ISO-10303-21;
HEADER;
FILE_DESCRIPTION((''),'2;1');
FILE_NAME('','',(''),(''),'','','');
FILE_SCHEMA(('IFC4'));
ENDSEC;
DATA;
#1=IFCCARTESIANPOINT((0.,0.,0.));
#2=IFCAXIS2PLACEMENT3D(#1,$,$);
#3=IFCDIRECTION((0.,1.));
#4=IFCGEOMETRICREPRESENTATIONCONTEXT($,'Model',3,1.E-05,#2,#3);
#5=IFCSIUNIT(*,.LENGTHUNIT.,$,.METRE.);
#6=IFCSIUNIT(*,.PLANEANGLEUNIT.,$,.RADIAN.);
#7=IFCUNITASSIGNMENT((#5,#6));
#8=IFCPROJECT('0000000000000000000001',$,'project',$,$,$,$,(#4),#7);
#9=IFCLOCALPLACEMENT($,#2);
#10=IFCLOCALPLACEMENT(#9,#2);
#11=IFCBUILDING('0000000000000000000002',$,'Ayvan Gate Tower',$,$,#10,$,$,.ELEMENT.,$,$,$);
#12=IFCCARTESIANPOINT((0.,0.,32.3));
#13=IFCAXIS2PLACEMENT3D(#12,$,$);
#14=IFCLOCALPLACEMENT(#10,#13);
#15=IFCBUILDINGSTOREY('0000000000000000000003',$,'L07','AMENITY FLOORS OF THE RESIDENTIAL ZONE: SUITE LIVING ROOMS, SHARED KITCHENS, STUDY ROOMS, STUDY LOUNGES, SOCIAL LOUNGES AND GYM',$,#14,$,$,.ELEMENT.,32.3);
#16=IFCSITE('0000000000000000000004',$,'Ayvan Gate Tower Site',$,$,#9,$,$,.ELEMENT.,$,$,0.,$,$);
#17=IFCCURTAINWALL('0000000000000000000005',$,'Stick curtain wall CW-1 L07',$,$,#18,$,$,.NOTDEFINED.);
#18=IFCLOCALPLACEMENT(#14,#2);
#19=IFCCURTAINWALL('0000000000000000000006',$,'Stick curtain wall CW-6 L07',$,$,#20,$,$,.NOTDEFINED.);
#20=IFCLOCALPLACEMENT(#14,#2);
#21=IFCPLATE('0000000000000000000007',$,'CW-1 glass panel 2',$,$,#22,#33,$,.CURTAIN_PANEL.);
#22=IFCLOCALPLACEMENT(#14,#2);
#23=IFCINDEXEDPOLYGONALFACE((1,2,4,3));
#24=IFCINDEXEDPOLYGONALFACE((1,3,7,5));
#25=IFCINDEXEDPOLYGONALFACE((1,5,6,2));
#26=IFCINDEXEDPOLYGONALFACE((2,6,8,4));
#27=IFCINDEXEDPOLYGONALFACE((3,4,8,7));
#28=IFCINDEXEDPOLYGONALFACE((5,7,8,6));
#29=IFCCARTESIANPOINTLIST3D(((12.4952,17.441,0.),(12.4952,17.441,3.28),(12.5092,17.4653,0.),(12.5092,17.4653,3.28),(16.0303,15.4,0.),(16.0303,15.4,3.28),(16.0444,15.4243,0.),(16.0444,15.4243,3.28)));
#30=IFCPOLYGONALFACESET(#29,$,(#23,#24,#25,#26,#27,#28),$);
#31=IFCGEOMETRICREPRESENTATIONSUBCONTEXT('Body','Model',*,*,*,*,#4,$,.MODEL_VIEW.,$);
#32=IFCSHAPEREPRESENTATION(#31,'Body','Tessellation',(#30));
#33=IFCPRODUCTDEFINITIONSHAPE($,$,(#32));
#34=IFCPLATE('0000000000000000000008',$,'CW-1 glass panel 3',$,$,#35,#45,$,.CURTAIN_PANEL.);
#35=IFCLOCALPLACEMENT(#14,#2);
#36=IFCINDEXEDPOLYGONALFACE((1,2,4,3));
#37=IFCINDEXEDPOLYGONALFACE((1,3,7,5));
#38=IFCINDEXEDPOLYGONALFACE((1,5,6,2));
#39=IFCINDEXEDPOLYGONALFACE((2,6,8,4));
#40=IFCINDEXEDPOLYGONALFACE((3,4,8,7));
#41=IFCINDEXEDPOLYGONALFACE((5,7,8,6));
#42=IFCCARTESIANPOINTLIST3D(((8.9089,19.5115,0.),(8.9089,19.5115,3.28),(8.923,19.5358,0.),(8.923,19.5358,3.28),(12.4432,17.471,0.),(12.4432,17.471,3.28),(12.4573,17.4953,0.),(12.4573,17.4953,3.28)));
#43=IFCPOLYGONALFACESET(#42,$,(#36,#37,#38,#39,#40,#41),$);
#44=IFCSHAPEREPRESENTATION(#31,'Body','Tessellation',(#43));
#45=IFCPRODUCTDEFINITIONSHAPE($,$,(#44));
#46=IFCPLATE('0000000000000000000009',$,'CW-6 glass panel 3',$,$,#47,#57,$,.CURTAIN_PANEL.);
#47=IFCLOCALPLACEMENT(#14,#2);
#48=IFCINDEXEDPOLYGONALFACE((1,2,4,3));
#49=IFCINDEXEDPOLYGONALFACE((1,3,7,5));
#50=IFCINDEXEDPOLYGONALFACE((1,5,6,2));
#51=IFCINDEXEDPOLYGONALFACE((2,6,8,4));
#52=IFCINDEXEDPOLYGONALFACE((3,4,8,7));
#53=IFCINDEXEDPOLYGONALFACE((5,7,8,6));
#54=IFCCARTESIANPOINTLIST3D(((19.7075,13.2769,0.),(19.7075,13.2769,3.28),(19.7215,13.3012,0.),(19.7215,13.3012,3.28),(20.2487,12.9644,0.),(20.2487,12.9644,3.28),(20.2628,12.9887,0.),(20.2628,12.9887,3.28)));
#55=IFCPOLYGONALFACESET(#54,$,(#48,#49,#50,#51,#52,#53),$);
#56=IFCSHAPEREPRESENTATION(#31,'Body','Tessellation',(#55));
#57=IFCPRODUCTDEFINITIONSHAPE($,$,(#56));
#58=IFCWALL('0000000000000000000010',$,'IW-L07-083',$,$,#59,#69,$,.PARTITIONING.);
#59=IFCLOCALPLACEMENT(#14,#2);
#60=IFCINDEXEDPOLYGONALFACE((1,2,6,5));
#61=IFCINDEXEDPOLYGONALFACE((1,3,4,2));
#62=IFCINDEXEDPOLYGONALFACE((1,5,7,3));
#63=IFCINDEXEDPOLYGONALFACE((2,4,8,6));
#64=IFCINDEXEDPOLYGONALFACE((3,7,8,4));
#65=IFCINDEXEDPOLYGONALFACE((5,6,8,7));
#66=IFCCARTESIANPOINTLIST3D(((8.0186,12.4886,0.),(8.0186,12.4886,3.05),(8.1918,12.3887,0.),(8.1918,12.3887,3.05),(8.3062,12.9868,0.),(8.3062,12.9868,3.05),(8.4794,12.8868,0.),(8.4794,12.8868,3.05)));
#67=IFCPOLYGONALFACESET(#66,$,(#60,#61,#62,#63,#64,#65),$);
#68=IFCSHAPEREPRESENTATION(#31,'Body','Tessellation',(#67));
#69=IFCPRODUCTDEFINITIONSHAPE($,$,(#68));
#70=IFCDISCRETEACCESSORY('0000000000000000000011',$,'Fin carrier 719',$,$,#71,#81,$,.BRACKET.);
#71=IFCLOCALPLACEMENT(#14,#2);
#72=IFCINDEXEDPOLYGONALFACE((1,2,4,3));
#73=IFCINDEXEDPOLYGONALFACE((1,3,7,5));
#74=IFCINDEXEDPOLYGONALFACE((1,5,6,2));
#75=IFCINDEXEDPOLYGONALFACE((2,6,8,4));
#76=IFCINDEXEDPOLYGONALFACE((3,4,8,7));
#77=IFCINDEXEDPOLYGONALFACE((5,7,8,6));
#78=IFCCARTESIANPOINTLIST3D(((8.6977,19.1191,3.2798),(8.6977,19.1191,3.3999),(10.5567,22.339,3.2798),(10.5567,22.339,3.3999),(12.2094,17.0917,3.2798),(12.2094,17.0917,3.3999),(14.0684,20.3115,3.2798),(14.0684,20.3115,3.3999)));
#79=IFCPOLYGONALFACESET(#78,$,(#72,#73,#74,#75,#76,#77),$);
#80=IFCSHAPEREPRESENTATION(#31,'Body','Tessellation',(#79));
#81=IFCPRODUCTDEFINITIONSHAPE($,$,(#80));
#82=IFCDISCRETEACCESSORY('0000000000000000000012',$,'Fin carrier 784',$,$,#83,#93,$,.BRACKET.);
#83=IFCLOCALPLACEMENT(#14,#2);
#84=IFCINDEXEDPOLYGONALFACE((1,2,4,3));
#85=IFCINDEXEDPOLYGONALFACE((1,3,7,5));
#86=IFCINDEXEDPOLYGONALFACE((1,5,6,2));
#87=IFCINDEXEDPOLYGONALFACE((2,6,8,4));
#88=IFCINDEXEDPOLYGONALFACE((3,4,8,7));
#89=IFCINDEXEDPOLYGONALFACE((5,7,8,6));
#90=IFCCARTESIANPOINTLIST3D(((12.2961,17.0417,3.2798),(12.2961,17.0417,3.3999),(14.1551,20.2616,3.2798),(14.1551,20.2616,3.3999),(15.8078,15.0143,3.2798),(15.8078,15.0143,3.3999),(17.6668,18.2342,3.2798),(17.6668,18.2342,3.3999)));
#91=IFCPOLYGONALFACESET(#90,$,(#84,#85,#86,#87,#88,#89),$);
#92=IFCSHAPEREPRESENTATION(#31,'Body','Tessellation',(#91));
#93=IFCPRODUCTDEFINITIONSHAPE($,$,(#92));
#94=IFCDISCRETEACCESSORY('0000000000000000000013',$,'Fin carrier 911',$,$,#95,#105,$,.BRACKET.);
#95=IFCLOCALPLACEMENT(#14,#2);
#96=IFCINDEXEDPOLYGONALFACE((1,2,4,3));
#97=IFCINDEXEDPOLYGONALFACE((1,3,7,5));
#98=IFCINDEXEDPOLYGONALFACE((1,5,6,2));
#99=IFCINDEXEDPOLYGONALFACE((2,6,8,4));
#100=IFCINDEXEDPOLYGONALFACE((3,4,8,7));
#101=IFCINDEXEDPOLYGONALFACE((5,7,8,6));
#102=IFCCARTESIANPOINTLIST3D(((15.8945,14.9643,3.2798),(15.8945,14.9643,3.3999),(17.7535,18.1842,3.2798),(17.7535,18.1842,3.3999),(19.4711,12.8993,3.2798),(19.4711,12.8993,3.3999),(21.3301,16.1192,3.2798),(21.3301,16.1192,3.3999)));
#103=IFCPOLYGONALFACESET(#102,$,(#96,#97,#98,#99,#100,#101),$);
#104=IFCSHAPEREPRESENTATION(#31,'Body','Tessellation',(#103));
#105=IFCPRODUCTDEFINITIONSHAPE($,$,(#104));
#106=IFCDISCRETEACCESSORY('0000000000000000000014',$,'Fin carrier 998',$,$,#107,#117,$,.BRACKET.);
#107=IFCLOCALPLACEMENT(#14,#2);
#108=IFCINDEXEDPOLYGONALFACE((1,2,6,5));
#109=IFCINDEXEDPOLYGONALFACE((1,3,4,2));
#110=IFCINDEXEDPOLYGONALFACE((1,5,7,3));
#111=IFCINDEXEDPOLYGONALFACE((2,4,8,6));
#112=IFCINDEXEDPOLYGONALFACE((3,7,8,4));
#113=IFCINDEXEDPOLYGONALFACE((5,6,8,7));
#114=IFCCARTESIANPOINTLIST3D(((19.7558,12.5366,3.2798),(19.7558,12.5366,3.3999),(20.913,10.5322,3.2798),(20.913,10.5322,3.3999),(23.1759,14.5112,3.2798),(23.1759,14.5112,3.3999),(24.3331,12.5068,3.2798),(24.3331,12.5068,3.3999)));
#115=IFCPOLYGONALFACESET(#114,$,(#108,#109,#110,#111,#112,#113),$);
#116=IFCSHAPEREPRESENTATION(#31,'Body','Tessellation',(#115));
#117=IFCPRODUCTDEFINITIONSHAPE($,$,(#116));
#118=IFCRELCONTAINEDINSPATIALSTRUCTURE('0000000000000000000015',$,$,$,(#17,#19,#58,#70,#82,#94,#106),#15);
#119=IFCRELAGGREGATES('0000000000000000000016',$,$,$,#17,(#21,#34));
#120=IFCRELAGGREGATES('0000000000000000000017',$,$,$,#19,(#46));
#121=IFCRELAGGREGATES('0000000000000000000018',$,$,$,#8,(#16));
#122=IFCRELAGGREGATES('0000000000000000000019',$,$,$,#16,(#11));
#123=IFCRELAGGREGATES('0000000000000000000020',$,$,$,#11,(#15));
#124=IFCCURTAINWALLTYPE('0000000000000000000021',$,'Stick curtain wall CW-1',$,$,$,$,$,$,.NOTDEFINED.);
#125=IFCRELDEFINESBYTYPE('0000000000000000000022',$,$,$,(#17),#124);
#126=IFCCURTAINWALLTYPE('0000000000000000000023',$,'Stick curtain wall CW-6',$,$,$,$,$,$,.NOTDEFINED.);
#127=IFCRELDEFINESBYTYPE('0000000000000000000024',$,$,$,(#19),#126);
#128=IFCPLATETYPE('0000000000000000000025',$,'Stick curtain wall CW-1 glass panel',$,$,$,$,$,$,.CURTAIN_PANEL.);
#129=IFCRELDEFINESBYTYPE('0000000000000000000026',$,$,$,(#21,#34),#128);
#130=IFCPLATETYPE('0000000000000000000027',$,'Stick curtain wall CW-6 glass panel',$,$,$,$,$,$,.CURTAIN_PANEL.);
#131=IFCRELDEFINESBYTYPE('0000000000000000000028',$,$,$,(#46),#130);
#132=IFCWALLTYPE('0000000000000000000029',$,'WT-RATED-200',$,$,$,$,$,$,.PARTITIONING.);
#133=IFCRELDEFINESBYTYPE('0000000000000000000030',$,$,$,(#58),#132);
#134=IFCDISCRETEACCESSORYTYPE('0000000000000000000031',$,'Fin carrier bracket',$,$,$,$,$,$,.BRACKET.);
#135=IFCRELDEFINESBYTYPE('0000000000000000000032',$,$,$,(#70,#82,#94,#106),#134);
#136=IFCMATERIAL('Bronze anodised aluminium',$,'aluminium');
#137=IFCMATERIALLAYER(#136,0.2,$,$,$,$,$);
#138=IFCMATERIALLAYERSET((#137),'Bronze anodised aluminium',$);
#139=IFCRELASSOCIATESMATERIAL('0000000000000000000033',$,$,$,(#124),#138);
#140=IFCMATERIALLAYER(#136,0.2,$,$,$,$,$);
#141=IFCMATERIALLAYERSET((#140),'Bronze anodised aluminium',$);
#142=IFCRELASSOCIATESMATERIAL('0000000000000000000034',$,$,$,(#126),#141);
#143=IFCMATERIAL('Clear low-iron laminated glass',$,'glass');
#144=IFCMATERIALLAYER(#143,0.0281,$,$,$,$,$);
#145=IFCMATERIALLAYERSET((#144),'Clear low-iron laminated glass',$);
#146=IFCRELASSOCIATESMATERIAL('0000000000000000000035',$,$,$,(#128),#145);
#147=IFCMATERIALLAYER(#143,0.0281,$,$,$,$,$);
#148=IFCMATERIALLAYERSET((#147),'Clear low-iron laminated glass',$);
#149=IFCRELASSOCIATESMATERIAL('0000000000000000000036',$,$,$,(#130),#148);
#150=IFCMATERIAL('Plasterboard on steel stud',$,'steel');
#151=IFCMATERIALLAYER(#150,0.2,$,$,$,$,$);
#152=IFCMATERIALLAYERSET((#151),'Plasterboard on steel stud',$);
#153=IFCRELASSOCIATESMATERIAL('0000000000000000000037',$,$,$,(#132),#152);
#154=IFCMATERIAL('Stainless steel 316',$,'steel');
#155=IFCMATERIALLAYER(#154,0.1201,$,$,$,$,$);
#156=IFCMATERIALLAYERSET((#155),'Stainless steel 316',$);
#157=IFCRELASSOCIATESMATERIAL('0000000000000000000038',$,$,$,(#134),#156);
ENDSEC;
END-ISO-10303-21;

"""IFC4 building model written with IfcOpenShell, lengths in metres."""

from ifc_helpers import new_model, si_unit, direction, frame, frame_2d, origin, origin_2d, place, context, subcontext, project, spatial, rectangle, extrude, material, layer, layer_set, type_object, element, aggregate, save


model = new_model("IFC4")

# Units and contexts
model_context = context("Model", 3, precision=1e-05, world=origin(), true_north=direction((0.0, 1.0)))
body_context = subcontext(model_context, "Body", "Model", "MODEL_VIEW")
ifc_project = project(units=[si_unit("LENGTHUNIT", "METRE"), si_unit("PLANEANGLEUNIT", "RADIAN")], contexts=[model_context])

# Site, building, storey
site_placement = place(None, origin())
site = spatial("IfcSite", under=ifc_project, at=site_placement, Name="Ayvan Gate Tower Site", CompositionType="ELEMENT", RefElevation=0.0)
building_placement = place(site_placement, origin())
building = spatial("IfcBuilding", under=site, at=building_placement, Name="Ayvan Gate Tower", CompositionType="ELEMENT")
storey_placement = place(building_placement, frame((0.0, 0.0, 32.3)))
storey = spatial("IfcBuildingStorey", under=building, at=storey_placement, Name="L07", Description="AMENITY FLOORS OF THE RESIDENTIAL ZONE: SUITE LIVING ROOMS, SHARED KITCHENS, STUDY ROOMS, STUDY LOUNGES, SOCIAL LOUNGES AND GYM", CompositionType="ELEMENT", Elevation=32.3)

# Curtain walls
ifc_material_1 = material(Name="Bronze anodised aluminium", Category="aluminium")
ifc_layer_1 = layer(ifc_material_1, 0.2)
ifc_layer_set_1 = layer_set([ifc_layer_1], Name="Bronze anodised aluminium")
curtain_wall_type_1 = type_object("IfcCurtainWallType", Name="Stick curtain wall CW-1", PredefinedType="NOTDEFINED", material=ifc_layer_set_1)
curtain_wall_1_placement = place(storey_placement, origin())
curtain_wall_1 = element("IfcCurtainWall", 1, at=curtain_wall_1_placement, inside=storey, type_object=curtain_wall_type_1, Name="Stick curtain wall CW-1 L07", PredefinedType="NOTDEFINED")
ifc_layer_2 = layer(ifc_material_1, 0.2)
ifc_layer_set_2 = layer_set([ifc_layer_2], Name="Bronze anodised aluminium")
curtain_wall_type_2 = type_object("IfcCurtainWallType", Name="Stick curtain wall CW-6", PredefinedType="NOTDEFINED", material=ifc_layer_set_2)
curtain_wall_2_placement = place(storey_placement, origin())
curtain_wall_2 = element("IfcCurtainWall", 2, at=curtain_wall_2_placement, inside=storey, type_object=curtain_wall_type_2, Name="Stick curtain wall CW-6 L07", PredefinedType="NOTDEFINED")

# Plates
ifc_material_2 = material(Name="Clear low-iron laminated glass", Category="glass")
ifc_layer_3 = layer(ifc_material_2, 0.0281)
ifc_layer_set_3 = layer_set([ifc_layer_3], Name="Clear low-iron laminated glass")
plate_type_1 = type_object("IfcPlateType", Name="Stick curtain wall CW-1 glass panel", PredefinedType="CURTAIN_PANEL", material=ifc_layer_set_3)
plate_1_placement = place(storey_placement, frame((14.2698, 16.4326, 0.0), z_axis=(0.0, 0.0, 1.0), x_axis=(-0.866025, 0.5, 0.0)))
plate_1 = element("IfcPlate", 3, at=plate_1_placement, type_object=plate_type_1, Name="CW-1 glass panel 2", PredefinedType="CURTAIN_PANEL", context=body_context, shape_type="SweptSolid", body=[
    extrude(rectangle(XDim=4.082, YDim=0.0281, at=origin_2d()), origin(), (0.0, 0.0, 1.0), 3.28),
])
plate_2_placement = place(storey_placement, frame((10.6831, 18.5034, 0.0), z_axis=(0.0, 0.0, 1.0), x_axis=(-0.866025, 0.5, 0.0)))
plate_2 = element("IfcPlate", 4, at=plate_2_placement, type_object=plate_type_1, Name="CW-1 glass panel 3", PredefinedType="CURTAIN_PANEL", context=body_context, shape_type="SweptSolid", body=[
    extrude(rectangle(XDim=4.0811, YDim=0.0281, at=origin_2d()), origin(), (0.0, 0.0, 1.0), 3.28),
])
aggregate(curtain_wall_1, [plate_1, plate_2])
ifc_layer_4 = layer(ifc_material_2, 0.0281)
ifc_layer_set_4 = layer_set([ifc_layer_4], Name="Clear low-iron laminated glass")
plate_type_2 = type_object("IfcPlateType", Name="Stick curtain wall CW-6 glass panel", PredefinedType="CURTAIN_PANEL", material=ifc_layer_set_4)
plate_3_placement = place(storey_placement, frame((19.9851, 13.1328, 0.0), z_axis=(0.0, 0.0, 1.0), x_axis=(-0.866025, 0.5, 0.0)))
plate_3 = element("IfcPlate", 5, at=plate_3_placement, type_object=plate_type_2, Name="CW-6 glass panel 3", PredefinedType="CURTAIN_PANEL", context=body_context, shape_type="SweptSolid", body=[
    extrude(rectangle(XDim=0.625, YDim=0.0281, at=origin_2d()), origin(), (0.0, 0.0, 1.0), 3.28),
])
aggregate(curtain_wall_2, [plate_3])

# Wall
ifc_material_3 = material(Name="Plasterboard on steel stud", Category="steel")
ifc_layer_5 = layer(ifc_material_3, 0.2)
ifc_layer_set_5 = layer_set([ifc_layer_5], Name="Plasterboard on steel stud")
wall_type = type_object("IfcWallType", Name="WT-RATED-200", PredefinedType="PARTITIONING", material=ifc_layer_set_5)
wall_placement = place(storey_placement, frame((8.3928, 12.9368, 0.0), z_axis=(0.0, 0.0, 1.0), x_axis=(-0.500065, -0.865988, 0.0)))
element("IfcWall", 6, at=wall_placement, inside=storey, type_object=wall_type, Name="IW-L07-083", PredefinedType="PARTITIONING", context=body_context, shape_type="SweptSolid", body=[
    extrude(rectangle(XDim=0.5752, YDim=0.2, at=frame_2d((0.2876, 0.0))), origin(), (0.0, 0.0, 1.0), 3.05),
])

# Discrete accessories
ifc_material_4 = material(Name="Stainless steel 316", Category="steel")
ifc_layer_6 = layer(ifc_material_4, 0.1201)
ifc_layer_set_6 = layer_set([ifc_layer_6], Name="Stainless steel 316")
discrete_accessory_type = type_object("IfcDiscreteAccessoryType", Name="Fin carrier bracket", PredefinedType="BRACKET", material=ifc_layer_set_6)
for number, where, z_axis, x_axis, name in (
    (7, (11.3831, 19.7153, 3.2798), (0.0, 0.0, 1.0), (-0.866025, 0.5, 0.0), "Fin carrier 719"),
    (8, (14.9814, 17.6379, 3.2798), (0.0, 0.0, 1.0), (-0.866025, 0.5, 0.0), "Fin carrier 784"),
):
    element("IfcDiscreteAccessory", number, at=place(storey_placement, frame(where, z_axis=z_axis, x_axis=x_axis)), inside=storey, type_object=discrete_accessory_type, Name=name, PredefinedType="BRACKET", context=body_context, shape_type="SweptSolid", body=[
        extrude(rectangle(XDim=4.0549, YDim=3.718, at=origin_2d()), origin(), (0.0, 0.0, 1.0), 0.1201),
    ])
discrete_accessory_1_placement = place(storey_placement, frame((18.6123, 15.5417, 3.2798), z_axis=(0.0, 0.0, 1.0), x_axis=(-0.866025, 0.5, 0.0)))
element("IfcDiscreteAccessory", 9, at=discrete_accessory_1_placement, inside=storey, type_object=discrete_accessory_type, Name="Fin carrier 911", PredefinedType="BRACKET", context=body_context, shape_type="SweptSolid", body=[
    extrude(rectangle(XDim=4.1299, YDim=3.718, at=origin_2d()), origin(), (0.0, 0.0, 1.0), 0.1201),
])
discrete_accessory_2_placement = place(storey_placement, frame((22.0444, 12.5217, 3.2798), z_axis=(0.0, 0.0, 1.0), x_axis=(-0.5, 0.866025, 0.0)))
element("IfcDiscreteAccessory", 10, at=discrete_accessory_2_placement, inside=storey, type_object=discrete_accessory_type, Name="Fin carrier 998", PredefinedType="BRACKET", context=body_context, shape_type="SweptSolid", body=[
    extrude(rectangle(XDim=2.3145, YDim=3.9492, at=origin_2d()), origin(), (0.0, 0.0, 1.0), 0.1201),
])

save(model, "model.ifc")
